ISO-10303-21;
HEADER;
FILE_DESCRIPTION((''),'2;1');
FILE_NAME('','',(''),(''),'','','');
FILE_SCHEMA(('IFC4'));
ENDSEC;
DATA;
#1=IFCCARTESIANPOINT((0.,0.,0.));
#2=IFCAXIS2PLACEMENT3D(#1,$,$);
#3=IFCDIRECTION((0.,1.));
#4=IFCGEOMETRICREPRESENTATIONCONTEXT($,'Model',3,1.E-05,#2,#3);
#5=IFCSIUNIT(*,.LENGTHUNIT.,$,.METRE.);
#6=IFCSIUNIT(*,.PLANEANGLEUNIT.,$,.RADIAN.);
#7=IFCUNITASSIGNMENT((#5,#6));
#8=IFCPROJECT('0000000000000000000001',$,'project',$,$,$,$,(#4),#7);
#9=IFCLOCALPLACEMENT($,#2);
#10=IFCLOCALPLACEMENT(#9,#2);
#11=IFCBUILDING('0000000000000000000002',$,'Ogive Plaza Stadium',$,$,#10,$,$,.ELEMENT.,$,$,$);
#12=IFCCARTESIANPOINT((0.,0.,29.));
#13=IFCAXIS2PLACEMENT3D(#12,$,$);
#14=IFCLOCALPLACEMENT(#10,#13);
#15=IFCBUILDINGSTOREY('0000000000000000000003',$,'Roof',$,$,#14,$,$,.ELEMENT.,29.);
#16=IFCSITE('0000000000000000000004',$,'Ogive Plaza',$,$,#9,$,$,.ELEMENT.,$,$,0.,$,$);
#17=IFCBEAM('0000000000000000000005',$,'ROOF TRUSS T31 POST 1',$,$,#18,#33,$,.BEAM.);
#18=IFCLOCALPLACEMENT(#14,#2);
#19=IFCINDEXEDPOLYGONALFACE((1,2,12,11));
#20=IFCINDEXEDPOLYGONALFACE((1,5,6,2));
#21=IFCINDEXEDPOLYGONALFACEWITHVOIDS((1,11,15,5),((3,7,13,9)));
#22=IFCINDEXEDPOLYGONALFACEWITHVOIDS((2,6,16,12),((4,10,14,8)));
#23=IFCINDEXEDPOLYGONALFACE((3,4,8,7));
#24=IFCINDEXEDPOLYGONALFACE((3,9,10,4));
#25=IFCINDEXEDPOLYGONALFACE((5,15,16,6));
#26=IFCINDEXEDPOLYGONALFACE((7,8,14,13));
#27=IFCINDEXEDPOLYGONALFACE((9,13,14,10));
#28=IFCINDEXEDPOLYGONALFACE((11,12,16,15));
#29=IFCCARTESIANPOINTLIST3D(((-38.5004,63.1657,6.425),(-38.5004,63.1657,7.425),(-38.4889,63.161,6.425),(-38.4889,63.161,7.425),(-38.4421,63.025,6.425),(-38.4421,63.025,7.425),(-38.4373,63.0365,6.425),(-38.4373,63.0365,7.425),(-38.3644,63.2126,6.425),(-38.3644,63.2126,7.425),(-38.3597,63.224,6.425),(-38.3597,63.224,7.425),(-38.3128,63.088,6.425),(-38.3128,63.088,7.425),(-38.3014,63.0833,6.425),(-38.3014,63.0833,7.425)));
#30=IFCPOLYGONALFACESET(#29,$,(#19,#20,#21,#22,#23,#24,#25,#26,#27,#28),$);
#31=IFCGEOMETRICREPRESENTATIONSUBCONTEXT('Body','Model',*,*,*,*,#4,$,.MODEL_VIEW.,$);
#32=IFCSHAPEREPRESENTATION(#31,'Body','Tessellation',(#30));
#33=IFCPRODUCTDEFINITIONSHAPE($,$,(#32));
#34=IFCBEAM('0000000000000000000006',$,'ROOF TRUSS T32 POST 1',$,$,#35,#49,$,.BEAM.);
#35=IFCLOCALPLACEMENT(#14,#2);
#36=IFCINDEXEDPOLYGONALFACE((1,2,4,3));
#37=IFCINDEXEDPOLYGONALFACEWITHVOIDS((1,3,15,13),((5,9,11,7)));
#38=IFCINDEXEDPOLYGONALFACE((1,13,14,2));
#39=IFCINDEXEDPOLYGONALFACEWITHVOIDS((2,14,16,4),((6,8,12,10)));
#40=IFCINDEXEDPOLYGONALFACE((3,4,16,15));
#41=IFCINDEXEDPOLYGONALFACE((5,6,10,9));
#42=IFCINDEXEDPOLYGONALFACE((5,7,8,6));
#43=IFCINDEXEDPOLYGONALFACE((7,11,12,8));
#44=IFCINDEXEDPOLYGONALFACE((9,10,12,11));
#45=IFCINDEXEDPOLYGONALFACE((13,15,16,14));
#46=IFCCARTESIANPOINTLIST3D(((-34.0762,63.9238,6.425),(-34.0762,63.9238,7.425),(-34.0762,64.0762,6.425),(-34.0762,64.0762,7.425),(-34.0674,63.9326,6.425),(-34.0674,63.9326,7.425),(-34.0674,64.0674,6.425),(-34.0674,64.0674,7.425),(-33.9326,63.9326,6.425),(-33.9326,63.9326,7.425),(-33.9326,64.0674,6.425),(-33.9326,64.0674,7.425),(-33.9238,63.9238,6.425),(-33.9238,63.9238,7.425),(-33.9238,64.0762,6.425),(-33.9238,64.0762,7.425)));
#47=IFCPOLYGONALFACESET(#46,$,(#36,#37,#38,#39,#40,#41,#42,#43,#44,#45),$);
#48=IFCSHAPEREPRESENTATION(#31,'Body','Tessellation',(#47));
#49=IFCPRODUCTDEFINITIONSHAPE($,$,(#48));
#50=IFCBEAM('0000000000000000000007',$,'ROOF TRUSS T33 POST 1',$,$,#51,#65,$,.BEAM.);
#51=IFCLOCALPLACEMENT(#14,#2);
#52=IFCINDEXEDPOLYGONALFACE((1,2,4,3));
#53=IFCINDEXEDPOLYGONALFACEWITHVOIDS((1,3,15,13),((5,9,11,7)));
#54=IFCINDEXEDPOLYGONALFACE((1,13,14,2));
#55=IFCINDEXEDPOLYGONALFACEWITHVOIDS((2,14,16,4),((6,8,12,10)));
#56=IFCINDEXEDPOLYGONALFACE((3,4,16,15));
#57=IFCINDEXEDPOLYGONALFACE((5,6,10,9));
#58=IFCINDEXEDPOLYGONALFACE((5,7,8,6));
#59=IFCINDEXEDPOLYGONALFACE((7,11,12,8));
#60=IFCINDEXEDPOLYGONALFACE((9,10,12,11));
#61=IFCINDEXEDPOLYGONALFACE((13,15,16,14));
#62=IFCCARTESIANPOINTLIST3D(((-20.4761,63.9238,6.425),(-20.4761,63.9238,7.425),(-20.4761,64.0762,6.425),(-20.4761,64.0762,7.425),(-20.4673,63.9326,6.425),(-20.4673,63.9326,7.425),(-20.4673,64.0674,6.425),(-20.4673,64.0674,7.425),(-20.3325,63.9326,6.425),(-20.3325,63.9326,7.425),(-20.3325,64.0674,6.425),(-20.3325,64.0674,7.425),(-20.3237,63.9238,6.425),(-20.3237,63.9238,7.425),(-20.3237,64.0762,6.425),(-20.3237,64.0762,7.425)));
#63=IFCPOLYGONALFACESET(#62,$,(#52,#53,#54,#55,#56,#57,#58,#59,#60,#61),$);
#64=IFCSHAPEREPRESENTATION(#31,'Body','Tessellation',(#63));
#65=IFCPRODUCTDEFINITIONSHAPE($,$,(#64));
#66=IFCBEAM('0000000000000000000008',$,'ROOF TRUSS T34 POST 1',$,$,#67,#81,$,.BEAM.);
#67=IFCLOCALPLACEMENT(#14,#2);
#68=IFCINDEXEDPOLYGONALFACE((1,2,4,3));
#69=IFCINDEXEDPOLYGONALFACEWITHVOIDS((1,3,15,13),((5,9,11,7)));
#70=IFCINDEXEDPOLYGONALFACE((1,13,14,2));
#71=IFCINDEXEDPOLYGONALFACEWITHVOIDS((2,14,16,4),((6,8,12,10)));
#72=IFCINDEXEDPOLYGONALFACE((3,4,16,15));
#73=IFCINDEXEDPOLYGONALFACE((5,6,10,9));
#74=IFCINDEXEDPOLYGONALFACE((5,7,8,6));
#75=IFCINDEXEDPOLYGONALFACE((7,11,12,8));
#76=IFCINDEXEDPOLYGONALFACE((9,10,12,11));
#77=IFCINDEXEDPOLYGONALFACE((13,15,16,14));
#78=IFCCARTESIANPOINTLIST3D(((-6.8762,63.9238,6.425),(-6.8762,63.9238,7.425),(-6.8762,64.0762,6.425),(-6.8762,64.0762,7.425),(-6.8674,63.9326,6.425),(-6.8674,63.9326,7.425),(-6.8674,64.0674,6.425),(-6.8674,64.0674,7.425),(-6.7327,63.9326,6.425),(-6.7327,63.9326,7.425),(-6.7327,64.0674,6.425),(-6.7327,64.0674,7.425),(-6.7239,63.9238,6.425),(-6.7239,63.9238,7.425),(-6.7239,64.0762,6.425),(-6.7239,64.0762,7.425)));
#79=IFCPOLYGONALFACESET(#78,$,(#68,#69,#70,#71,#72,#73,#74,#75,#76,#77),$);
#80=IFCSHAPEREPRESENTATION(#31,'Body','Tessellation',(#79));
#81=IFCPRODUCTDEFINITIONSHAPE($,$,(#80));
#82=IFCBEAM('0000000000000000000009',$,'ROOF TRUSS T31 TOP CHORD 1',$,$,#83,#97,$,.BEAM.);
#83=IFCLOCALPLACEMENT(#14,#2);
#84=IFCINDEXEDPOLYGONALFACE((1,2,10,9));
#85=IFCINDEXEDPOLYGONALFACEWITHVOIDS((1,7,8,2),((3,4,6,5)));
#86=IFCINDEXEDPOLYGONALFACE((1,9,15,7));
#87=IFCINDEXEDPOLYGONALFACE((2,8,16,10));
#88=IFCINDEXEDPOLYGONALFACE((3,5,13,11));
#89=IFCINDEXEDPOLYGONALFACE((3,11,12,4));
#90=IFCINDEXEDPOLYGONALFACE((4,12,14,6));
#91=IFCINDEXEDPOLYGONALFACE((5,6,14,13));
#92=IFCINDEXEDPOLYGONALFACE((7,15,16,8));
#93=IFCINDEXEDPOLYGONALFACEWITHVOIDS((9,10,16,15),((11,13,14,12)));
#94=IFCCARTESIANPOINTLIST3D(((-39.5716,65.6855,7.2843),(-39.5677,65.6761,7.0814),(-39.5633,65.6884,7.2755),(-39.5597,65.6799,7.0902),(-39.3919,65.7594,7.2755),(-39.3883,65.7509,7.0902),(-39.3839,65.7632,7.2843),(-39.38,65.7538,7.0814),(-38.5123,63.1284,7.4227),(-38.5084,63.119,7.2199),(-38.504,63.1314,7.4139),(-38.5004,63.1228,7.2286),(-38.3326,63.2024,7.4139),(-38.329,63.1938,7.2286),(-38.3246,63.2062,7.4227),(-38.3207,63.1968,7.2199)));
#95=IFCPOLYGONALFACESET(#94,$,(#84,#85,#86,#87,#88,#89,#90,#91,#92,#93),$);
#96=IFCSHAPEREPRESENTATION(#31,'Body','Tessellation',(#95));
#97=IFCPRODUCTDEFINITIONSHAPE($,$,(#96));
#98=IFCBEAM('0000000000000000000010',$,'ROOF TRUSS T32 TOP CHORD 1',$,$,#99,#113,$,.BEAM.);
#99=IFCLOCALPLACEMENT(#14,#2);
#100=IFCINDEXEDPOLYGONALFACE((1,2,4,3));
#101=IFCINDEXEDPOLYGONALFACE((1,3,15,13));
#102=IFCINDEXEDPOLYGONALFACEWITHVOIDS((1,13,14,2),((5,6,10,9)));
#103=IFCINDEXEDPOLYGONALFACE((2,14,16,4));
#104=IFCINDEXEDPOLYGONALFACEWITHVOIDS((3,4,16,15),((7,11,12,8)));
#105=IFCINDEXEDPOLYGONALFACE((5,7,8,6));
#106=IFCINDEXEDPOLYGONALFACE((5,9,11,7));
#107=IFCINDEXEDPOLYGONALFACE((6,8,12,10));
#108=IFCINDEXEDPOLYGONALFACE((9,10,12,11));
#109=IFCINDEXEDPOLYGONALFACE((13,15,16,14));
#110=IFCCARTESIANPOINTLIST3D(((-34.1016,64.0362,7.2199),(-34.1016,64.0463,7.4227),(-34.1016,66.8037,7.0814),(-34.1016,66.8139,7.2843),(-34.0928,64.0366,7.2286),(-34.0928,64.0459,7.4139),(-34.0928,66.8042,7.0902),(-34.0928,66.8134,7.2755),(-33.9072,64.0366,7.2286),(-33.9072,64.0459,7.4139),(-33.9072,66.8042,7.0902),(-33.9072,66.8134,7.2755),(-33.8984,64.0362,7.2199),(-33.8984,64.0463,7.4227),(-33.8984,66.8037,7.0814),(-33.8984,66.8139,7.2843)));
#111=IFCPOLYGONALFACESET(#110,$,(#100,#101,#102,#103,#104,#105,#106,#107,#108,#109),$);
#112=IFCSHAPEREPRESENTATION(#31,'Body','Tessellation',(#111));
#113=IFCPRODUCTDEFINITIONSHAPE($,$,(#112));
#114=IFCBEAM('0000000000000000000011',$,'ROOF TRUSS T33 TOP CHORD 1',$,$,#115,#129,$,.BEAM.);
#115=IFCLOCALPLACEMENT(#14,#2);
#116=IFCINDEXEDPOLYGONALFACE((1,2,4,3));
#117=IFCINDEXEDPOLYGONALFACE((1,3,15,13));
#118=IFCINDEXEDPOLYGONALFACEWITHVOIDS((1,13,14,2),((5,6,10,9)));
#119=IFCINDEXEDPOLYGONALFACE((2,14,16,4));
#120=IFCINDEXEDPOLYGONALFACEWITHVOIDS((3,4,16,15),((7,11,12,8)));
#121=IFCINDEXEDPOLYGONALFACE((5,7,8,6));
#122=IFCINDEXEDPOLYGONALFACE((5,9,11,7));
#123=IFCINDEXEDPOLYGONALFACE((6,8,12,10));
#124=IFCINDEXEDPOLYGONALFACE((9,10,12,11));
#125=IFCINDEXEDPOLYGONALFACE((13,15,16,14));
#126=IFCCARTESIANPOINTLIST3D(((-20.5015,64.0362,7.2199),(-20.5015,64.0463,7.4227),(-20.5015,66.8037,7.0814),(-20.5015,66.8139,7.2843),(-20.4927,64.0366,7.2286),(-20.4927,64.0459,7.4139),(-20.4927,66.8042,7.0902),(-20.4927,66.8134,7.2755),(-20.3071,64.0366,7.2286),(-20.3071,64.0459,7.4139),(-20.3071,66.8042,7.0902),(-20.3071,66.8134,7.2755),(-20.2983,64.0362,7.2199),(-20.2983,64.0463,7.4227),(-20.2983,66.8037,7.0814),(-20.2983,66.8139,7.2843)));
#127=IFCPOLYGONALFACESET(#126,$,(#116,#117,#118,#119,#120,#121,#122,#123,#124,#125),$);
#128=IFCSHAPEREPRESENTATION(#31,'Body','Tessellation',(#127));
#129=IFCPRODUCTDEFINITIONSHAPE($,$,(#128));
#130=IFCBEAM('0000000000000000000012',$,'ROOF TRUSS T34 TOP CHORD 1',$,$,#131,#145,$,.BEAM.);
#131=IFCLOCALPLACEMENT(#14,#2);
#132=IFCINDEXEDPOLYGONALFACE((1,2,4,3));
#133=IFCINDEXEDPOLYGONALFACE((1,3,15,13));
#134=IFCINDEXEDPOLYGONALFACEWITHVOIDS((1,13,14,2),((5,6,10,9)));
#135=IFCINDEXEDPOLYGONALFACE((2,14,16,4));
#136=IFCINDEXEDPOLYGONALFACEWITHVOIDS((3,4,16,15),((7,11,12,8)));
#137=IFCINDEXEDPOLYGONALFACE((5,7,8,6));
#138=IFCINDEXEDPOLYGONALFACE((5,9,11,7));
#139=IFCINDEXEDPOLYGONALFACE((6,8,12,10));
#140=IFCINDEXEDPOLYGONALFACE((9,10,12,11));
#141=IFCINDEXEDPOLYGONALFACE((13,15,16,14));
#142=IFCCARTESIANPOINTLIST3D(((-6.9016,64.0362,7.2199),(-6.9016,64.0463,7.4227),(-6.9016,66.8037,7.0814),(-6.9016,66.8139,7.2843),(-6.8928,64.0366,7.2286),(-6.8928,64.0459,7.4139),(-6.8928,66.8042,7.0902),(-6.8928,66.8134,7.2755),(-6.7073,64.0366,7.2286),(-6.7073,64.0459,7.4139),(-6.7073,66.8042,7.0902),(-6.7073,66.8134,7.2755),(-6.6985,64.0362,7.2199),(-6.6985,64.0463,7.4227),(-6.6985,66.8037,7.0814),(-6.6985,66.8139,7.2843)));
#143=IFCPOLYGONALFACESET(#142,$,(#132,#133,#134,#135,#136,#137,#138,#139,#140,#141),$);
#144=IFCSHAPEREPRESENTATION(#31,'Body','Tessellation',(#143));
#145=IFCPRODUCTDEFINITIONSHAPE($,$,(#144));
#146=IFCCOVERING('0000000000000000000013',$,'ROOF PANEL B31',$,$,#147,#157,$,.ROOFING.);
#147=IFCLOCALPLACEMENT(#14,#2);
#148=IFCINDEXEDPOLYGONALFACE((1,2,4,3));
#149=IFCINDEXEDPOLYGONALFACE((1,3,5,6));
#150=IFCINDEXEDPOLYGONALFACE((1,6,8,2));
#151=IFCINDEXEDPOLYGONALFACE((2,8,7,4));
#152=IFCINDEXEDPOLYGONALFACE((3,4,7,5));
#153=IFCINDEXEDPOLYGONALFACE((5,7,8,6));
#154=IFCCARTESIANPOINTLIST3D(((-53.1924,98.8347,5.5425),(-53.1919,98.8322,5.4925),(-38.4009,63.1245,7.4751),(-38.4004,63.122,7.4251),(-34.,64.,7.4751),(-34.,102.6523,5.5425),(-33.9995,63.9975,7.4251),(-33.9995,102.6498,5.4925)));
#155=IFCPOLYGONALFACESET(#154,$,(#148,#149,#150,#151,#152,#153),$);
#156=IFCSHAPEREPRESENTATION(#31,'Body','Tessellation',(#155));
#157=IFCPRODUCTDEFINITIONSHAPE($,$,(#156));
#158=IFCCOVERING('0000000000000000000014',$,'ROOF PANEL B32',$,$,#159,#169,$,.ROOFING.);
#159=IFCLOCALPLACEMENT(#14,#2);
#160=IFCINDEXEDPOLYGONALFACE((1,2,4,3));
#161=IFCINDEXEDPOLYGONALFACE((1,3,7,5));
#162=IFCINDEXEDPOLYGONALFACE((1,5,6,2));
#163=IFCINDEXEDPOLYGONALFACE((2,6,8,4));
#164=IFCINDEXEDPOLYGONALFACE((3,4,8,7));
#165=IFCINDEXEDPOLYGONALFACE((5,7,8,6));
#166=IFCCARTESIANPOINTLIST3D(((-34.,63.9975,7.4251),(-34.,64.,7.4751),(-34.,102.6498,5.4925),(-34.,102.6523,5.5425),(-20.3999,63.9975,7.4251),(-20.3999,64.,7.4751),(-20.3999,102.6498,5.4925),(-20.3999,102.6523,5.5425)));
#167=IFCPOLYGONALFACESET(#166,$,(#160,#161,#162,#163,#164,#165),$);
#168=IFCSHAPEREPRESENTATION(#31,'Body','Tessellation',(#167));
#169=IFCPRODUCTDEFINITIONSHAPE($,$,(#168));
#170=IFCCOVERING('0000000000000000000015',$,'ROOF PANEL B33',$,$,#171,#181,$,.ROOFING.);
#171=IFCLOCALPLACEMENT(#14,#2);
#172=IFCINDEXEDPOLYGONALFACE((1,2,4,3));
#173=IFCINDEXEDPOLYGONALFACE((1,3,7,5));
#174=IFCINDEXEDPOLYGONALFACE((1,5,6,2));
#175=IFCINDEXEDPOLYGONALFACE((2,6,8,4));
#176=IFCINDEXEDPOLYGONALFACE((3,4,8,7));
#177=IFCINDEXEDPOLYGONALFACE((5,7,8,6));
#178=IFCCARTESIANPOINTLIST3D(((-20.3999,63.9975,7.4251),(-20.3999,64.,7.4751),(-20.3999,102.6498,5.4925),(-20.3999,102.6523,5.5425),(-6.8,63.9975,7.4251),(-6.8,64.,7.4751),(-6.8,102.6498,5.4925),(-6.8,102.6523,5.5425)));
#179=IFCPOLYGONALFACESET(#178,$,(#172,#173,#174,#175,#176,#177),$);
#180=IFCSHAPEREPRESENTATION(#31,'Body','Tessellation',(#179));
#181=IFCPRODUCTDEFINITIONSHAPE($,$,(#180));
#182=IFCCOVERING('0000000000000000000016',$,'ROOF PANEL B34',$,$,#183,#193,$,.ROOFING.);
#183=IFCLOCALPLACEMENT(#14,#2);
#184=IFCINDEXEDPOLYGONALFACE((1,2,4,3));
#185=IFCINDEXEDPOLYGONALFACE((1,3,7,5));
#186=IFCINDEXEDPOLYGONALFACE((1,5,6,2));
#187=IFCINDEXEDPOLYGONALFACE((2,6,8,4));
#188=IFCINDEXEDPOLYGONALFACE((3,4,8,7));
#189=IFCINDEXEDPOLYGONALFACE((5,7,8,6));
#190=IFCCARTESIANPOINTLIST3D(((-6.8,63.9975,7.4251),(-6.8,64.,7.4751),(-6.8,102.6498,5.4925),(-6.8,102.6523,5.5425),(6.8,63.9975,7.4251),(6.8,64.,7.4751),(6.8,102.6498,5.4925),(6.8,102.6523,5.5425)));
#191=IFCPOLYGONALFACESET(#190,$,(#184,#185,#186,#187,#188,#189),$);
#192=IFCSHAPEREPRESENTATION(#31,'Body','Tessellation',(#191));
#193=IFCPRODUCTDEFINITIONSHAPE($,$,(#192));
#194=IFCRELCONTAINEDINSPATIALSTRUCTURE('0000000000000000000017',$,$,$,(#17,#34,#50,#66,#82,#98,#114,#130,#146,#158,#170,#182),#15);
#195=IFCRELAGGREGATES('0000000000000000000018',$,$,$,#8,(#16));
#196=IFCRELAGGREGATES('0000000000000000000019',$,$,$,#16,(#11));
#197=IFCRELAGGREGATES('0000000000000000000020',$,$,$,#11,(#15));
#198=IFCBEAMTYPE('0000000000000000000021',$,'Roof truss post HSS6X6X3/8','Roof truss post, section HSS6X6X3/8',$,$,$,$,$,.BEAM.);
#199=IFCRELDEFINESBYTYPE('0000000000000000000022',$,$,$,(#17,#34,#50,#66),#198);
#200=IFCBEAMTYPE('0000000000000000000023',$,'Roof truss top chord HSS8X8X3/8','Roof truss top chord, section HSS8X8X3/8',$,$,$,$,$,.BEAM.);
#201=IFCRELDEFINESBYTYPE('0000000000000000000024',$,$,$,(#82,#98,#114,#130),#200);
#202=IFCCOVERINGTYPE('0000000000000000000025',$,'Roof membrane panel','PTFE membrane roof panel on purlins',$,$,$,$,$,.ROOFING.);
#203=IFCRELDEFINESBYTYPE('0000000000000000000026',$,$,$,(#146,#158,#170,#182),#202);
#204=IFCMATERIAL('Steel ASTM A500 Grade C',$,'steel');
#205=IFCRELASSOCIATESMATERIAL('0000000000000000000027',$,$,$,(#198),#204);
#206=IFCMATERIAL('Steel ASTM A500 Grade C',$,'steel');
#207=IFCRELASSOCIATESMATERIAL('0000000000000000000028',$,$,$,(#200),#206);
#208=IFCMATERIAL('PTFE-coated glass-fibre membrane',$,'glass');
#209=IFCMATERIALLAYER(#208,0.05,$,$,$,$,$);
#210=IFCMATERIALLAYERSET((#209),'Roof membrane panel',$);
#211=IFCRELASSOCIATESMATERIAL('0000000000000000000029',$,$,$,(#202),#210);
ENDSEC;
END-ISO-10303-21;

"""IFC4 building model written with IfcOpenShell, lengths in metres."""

from ifc_helpers import new_model, si_unit, direction, frame, origin, origin_2d, place, context, subcontext, project, spatial, polyline, hollow_rectangle, outline, extrude, material, layer, layer_set, material_profile, profile_set, type_object, element, save


model = new_model("IFC4")

# Units and contexts
model_context = context("Model", 3, precision=1e-05, world=origin(), true_north=direction((0.0, 1.0)))
body_context = subcontext(model_context, "Body", "Model", "MODEL_VIEW")
ifc_project = project(units=[si_unit("LENGTHUNIT", "METRE"), si_unit("PLANEANGLEUNIT", "RADIAN")], contexts=[model_context])

# Site, building, storey
site_placement = place(None, origin())
site = spatial("IfcSite", under=ifc_project, at=site_placement, Name="Ogive Plaza", CompositionType="ELEMENT", RefElevation=0.0)
building_placement = place(site_placement, origin())
building = spatial("IfcBuilding", under=site, at=building_placement, Name="Ogive Plaza Stadium", CompositionType="ELEMENT")
storey_placement = place(building_placement, frame((0.0, 0.0, 29.0)))
storey = spatial("IfcBuildingStorey", under=building, at=storey_placement, Name="Roof", CompositionType="ELEMENT", Elevation=29.0)

# Beams
ifc_material_1 = material(Name="Steel ASTM A500 Grade C", Category="steel")
ifc_material_profile_1 = material_profile(ifc_material_1, hollow_rectangle(XDim=0.1523, YDim=0.1523, WallThickness=0.0088, at=origin_2d()), Name="HSS6X6X3/8")
ifc_profile_set_1 = profile_set([ifc_material_profile_1], Name="Steel ASTM A500 Grade C")
beam_type_1 = type_object("IfcBeamType", Name="Roof truss post HSS6X6X3/8", Description="Roof truss post, section HSS6X6X3/8", PredefinedType="BEAM", material=ifc_profile_set_1)
for number, where, z_axis, x_axis, name in (
    (1, (-38.4009, 63.1245, 6.425), (0.0, 0.0, 1.0), (-0.92388, -0.382683, 0.0), "ROOF TRUSS T31 POST 1"),
    (2, (-34.0, 64.0, 6.425), (0.0, 0.0, 1.0), (-1.0, 0.0, 0.0), "ROOF TRUSS T32 POST 1"),
    (3, (-20.3999, 64.0, 6.425), (0.0, 0.0, 1.0), (-1.0, 0.0, 0.0), "ROOF TRUSS T33 POST 1"),
    (4, (-6.8, 64.0, 6.425), (0.0, 0.0, 1.0), (-1.0, 0.0, 0.0), "ROOF TRUSS T34 POST 1"),
):
    element("IfcBeam", number, at=place(storey_placement, frame(where, z_axis=z_axis, x_axis=x_axis)), inside=storey, type_object=beam_type_1, Name=name, PredefinedType="BEAM", context=body_context, shape_type="SweptSolid", body=[
        extrude(hollow_rectangle(XDim=0.1523, YDim=0.1523, WallThickness=0.0088, at=origin_2d()), origin(), (0.0, 0.0, 1.0), 1.0),
    ])
ifc_material_2 = material(Name="Steel ASTM A500 Grade C", Category="steel")
ifc_material_profile_2 = material_profile(ifc_material_2, hollow_rectangle(XDim=0.2031, YDim=0.2031, WallThickness=0.0088, at=origin_2d()), Name="HSS8X8X3/8")
ifc_profile_set_2 = profile_set([ifc_material_profile_2], Name="Steel ASTM A500 Grade C")
beam_type_2 = type_object("IfcBeamType", Name="Roof truss top chord HSS8X8X3/8", Description="Roof truss top chord, section HSS8X8X3/8", PredefinedType="BEAM", material=ifc_profile_set_2)
beam_1_placement = place(storey_placement, frame((-38.4165, 63.1626, 7.3213), z_axis=(-0.382245, 0.92271, -0.04995), x_axis=(-0.923863, -0.382723, 0.0)))
element("IfcBeam", 5, at=beam_1_placement, inside=storey, type_object=beam_type_2, Name="ROOF TRUSS T31 TOP CHORD 1", PredefinedType="BEAM", context=body_context, shape_type="SweptSolid", body=[
    extrude(hollow_rectangle(XDim=0.2031, YDim=0.2031, WallThickness=0.0088, at=origin_2d()), origin(), (0.0, 0.0, 1.0), 2.7712),
])
for number, where, z_axis, x_axis, name in (
    (6, (-34.0, 64.0413, 7.3213), (0.0, 0.998751, -0.049955), (-1.0, 0.0, 0.0), "ROOF TRUSS T32 TOP CHORD 1"),
    (7, (-20.3999, 64.0413, 7.3213), (0.0, 0.998751, -0.049955), (-1.0, 0.0, 0.0), "ROOF TRUSS T33 TOP CHORD 1"),
    (8, (-6.8, 64.0413, 7.3213), (0.0, 0.998751, -0.049955), (-1.0, 0.0, 0.0), "ROOF TRUSS T34 TOP CHORD 1"),
):
    element("IfcBeam", number, at=place(storey_placement, frame(where, z_axis=z_axis, x_axis=x_axis)), inside=storey, type_object=beam_type_2, Name=name, PredefinedType="BEAM", context=body_context, shape_type="SweptSolid", body=[
        extrude(hollow_rectangle(XDim=0.2031, YDim=0.2031, WallThickness=0.0088, at=origin_2d()), origin(), (0.0, 0.0, 1.0), 2.771),
    ])

# Coverings
ifc_material_3 = material(Name="PTFE-coated glass-fibre membrane", Category="glass")
ifc_layer_1 = layer(ifc_material_3, 0.05)
ifc_layer_set_1 = layer_set([ifc_layer_1], Name="Roof membrane panel")
covering_type = type_object("IfcCoveringType", Name="Roof membrane panel", Description="PTFE membrane roof panel on purlins", PredefinedType="ROOFING", material=ifc_layer_set_1)
covering_1_placement = place(storey_placement, frame((-38.4009, 63.1245, 7.4751), z_axis=(-0.009933, 0.049935, 0.998703), x_axis=(-0.382203, 0.922728, -0.049938)))
element("IfcCovering", 9, at=covering_1_placement, inside=storey, type_object=covering_type, Name="ROOF PANEL B31", PredefinedType="ROOFING", context=body_context, shape_type="SweptSolid", body=[
    extrude(outline(polyline([(0.0, 0.0), (38.7007, 0.0), (34.8879, -19.1934), (-0.8742, -4.4011), (0.0, 0.0)])), origin(), (0.0, 0.0, -1.0), 0.05),
])
covering_2_placement = place(storey_placement, frame((-34.0, 64.0, 7.4751), z_axis=(0.0, 0.049938, 0.998752), x_axis=(0.0, 0.998752, -0.049938)))
element("IfcCovering", 10, at=covering_2_placement, inside=storey, type_object=covering_type, Name="ROOF PANEL B32", PredefinedType="ROOFING", context=body_context, shape_type="SweptSolid", body=[
    extrude(outline(polyline([(0.0, 0.0), (38.7006, 0.0), (38.7006, -13.6001), (0.0, -13.6001), (0.0, 0.0)])), origin(), (0.0, 0.0, -1.0), 0.05),
])
covering_3_placement = place(storey_placement, frame((-20.3999, 64.0, 7.4751), z_axis=(0.0, 0.049938, 0.998752), x_axis=(0.0, 0.998752, -0.049938)))
element("IfcCovering", 11, at=covering_3_placement, inside=storey, type_object=covering_type, Name="ROOF PANEL B33", PredefinedType="ROOFING", context=body_context, shape_type="SweptSolid", body=[
    extrude(outline(polyline([(0.0, 0.0), (38.7006, 0.0), (38.7006, -13.5999), (0.0, -13.5999), (0.0, 0.0)])), origin(), (0.0, 0.0, -1.0), 0.05),
])
covering_4_placement = place(storey_placement, frame((-6.8, 64.0, 7.4751), z_axis=(0.0, 0.049938, 0.998752), x_axis=(0.0, 0.998752, -0.049938)))
element("IfcCovering", 12, at=covering_4_placement, inside=storey, type_object=covering_type, Name="ROOF PANEL B34", PredefinedType="ROOFING", context=body_context, shape_type="SweptSolid", body=[
    extrude(outline(polyline([(0.0, 0.0), (38.7006, 0.0), (38.7006, -13.6001), (0.0, -13.6001), (0.0, 0.0)])), origin(), (0.0, 0.0, -1.0), 0.05),
])

save(model, "model.ifc")
